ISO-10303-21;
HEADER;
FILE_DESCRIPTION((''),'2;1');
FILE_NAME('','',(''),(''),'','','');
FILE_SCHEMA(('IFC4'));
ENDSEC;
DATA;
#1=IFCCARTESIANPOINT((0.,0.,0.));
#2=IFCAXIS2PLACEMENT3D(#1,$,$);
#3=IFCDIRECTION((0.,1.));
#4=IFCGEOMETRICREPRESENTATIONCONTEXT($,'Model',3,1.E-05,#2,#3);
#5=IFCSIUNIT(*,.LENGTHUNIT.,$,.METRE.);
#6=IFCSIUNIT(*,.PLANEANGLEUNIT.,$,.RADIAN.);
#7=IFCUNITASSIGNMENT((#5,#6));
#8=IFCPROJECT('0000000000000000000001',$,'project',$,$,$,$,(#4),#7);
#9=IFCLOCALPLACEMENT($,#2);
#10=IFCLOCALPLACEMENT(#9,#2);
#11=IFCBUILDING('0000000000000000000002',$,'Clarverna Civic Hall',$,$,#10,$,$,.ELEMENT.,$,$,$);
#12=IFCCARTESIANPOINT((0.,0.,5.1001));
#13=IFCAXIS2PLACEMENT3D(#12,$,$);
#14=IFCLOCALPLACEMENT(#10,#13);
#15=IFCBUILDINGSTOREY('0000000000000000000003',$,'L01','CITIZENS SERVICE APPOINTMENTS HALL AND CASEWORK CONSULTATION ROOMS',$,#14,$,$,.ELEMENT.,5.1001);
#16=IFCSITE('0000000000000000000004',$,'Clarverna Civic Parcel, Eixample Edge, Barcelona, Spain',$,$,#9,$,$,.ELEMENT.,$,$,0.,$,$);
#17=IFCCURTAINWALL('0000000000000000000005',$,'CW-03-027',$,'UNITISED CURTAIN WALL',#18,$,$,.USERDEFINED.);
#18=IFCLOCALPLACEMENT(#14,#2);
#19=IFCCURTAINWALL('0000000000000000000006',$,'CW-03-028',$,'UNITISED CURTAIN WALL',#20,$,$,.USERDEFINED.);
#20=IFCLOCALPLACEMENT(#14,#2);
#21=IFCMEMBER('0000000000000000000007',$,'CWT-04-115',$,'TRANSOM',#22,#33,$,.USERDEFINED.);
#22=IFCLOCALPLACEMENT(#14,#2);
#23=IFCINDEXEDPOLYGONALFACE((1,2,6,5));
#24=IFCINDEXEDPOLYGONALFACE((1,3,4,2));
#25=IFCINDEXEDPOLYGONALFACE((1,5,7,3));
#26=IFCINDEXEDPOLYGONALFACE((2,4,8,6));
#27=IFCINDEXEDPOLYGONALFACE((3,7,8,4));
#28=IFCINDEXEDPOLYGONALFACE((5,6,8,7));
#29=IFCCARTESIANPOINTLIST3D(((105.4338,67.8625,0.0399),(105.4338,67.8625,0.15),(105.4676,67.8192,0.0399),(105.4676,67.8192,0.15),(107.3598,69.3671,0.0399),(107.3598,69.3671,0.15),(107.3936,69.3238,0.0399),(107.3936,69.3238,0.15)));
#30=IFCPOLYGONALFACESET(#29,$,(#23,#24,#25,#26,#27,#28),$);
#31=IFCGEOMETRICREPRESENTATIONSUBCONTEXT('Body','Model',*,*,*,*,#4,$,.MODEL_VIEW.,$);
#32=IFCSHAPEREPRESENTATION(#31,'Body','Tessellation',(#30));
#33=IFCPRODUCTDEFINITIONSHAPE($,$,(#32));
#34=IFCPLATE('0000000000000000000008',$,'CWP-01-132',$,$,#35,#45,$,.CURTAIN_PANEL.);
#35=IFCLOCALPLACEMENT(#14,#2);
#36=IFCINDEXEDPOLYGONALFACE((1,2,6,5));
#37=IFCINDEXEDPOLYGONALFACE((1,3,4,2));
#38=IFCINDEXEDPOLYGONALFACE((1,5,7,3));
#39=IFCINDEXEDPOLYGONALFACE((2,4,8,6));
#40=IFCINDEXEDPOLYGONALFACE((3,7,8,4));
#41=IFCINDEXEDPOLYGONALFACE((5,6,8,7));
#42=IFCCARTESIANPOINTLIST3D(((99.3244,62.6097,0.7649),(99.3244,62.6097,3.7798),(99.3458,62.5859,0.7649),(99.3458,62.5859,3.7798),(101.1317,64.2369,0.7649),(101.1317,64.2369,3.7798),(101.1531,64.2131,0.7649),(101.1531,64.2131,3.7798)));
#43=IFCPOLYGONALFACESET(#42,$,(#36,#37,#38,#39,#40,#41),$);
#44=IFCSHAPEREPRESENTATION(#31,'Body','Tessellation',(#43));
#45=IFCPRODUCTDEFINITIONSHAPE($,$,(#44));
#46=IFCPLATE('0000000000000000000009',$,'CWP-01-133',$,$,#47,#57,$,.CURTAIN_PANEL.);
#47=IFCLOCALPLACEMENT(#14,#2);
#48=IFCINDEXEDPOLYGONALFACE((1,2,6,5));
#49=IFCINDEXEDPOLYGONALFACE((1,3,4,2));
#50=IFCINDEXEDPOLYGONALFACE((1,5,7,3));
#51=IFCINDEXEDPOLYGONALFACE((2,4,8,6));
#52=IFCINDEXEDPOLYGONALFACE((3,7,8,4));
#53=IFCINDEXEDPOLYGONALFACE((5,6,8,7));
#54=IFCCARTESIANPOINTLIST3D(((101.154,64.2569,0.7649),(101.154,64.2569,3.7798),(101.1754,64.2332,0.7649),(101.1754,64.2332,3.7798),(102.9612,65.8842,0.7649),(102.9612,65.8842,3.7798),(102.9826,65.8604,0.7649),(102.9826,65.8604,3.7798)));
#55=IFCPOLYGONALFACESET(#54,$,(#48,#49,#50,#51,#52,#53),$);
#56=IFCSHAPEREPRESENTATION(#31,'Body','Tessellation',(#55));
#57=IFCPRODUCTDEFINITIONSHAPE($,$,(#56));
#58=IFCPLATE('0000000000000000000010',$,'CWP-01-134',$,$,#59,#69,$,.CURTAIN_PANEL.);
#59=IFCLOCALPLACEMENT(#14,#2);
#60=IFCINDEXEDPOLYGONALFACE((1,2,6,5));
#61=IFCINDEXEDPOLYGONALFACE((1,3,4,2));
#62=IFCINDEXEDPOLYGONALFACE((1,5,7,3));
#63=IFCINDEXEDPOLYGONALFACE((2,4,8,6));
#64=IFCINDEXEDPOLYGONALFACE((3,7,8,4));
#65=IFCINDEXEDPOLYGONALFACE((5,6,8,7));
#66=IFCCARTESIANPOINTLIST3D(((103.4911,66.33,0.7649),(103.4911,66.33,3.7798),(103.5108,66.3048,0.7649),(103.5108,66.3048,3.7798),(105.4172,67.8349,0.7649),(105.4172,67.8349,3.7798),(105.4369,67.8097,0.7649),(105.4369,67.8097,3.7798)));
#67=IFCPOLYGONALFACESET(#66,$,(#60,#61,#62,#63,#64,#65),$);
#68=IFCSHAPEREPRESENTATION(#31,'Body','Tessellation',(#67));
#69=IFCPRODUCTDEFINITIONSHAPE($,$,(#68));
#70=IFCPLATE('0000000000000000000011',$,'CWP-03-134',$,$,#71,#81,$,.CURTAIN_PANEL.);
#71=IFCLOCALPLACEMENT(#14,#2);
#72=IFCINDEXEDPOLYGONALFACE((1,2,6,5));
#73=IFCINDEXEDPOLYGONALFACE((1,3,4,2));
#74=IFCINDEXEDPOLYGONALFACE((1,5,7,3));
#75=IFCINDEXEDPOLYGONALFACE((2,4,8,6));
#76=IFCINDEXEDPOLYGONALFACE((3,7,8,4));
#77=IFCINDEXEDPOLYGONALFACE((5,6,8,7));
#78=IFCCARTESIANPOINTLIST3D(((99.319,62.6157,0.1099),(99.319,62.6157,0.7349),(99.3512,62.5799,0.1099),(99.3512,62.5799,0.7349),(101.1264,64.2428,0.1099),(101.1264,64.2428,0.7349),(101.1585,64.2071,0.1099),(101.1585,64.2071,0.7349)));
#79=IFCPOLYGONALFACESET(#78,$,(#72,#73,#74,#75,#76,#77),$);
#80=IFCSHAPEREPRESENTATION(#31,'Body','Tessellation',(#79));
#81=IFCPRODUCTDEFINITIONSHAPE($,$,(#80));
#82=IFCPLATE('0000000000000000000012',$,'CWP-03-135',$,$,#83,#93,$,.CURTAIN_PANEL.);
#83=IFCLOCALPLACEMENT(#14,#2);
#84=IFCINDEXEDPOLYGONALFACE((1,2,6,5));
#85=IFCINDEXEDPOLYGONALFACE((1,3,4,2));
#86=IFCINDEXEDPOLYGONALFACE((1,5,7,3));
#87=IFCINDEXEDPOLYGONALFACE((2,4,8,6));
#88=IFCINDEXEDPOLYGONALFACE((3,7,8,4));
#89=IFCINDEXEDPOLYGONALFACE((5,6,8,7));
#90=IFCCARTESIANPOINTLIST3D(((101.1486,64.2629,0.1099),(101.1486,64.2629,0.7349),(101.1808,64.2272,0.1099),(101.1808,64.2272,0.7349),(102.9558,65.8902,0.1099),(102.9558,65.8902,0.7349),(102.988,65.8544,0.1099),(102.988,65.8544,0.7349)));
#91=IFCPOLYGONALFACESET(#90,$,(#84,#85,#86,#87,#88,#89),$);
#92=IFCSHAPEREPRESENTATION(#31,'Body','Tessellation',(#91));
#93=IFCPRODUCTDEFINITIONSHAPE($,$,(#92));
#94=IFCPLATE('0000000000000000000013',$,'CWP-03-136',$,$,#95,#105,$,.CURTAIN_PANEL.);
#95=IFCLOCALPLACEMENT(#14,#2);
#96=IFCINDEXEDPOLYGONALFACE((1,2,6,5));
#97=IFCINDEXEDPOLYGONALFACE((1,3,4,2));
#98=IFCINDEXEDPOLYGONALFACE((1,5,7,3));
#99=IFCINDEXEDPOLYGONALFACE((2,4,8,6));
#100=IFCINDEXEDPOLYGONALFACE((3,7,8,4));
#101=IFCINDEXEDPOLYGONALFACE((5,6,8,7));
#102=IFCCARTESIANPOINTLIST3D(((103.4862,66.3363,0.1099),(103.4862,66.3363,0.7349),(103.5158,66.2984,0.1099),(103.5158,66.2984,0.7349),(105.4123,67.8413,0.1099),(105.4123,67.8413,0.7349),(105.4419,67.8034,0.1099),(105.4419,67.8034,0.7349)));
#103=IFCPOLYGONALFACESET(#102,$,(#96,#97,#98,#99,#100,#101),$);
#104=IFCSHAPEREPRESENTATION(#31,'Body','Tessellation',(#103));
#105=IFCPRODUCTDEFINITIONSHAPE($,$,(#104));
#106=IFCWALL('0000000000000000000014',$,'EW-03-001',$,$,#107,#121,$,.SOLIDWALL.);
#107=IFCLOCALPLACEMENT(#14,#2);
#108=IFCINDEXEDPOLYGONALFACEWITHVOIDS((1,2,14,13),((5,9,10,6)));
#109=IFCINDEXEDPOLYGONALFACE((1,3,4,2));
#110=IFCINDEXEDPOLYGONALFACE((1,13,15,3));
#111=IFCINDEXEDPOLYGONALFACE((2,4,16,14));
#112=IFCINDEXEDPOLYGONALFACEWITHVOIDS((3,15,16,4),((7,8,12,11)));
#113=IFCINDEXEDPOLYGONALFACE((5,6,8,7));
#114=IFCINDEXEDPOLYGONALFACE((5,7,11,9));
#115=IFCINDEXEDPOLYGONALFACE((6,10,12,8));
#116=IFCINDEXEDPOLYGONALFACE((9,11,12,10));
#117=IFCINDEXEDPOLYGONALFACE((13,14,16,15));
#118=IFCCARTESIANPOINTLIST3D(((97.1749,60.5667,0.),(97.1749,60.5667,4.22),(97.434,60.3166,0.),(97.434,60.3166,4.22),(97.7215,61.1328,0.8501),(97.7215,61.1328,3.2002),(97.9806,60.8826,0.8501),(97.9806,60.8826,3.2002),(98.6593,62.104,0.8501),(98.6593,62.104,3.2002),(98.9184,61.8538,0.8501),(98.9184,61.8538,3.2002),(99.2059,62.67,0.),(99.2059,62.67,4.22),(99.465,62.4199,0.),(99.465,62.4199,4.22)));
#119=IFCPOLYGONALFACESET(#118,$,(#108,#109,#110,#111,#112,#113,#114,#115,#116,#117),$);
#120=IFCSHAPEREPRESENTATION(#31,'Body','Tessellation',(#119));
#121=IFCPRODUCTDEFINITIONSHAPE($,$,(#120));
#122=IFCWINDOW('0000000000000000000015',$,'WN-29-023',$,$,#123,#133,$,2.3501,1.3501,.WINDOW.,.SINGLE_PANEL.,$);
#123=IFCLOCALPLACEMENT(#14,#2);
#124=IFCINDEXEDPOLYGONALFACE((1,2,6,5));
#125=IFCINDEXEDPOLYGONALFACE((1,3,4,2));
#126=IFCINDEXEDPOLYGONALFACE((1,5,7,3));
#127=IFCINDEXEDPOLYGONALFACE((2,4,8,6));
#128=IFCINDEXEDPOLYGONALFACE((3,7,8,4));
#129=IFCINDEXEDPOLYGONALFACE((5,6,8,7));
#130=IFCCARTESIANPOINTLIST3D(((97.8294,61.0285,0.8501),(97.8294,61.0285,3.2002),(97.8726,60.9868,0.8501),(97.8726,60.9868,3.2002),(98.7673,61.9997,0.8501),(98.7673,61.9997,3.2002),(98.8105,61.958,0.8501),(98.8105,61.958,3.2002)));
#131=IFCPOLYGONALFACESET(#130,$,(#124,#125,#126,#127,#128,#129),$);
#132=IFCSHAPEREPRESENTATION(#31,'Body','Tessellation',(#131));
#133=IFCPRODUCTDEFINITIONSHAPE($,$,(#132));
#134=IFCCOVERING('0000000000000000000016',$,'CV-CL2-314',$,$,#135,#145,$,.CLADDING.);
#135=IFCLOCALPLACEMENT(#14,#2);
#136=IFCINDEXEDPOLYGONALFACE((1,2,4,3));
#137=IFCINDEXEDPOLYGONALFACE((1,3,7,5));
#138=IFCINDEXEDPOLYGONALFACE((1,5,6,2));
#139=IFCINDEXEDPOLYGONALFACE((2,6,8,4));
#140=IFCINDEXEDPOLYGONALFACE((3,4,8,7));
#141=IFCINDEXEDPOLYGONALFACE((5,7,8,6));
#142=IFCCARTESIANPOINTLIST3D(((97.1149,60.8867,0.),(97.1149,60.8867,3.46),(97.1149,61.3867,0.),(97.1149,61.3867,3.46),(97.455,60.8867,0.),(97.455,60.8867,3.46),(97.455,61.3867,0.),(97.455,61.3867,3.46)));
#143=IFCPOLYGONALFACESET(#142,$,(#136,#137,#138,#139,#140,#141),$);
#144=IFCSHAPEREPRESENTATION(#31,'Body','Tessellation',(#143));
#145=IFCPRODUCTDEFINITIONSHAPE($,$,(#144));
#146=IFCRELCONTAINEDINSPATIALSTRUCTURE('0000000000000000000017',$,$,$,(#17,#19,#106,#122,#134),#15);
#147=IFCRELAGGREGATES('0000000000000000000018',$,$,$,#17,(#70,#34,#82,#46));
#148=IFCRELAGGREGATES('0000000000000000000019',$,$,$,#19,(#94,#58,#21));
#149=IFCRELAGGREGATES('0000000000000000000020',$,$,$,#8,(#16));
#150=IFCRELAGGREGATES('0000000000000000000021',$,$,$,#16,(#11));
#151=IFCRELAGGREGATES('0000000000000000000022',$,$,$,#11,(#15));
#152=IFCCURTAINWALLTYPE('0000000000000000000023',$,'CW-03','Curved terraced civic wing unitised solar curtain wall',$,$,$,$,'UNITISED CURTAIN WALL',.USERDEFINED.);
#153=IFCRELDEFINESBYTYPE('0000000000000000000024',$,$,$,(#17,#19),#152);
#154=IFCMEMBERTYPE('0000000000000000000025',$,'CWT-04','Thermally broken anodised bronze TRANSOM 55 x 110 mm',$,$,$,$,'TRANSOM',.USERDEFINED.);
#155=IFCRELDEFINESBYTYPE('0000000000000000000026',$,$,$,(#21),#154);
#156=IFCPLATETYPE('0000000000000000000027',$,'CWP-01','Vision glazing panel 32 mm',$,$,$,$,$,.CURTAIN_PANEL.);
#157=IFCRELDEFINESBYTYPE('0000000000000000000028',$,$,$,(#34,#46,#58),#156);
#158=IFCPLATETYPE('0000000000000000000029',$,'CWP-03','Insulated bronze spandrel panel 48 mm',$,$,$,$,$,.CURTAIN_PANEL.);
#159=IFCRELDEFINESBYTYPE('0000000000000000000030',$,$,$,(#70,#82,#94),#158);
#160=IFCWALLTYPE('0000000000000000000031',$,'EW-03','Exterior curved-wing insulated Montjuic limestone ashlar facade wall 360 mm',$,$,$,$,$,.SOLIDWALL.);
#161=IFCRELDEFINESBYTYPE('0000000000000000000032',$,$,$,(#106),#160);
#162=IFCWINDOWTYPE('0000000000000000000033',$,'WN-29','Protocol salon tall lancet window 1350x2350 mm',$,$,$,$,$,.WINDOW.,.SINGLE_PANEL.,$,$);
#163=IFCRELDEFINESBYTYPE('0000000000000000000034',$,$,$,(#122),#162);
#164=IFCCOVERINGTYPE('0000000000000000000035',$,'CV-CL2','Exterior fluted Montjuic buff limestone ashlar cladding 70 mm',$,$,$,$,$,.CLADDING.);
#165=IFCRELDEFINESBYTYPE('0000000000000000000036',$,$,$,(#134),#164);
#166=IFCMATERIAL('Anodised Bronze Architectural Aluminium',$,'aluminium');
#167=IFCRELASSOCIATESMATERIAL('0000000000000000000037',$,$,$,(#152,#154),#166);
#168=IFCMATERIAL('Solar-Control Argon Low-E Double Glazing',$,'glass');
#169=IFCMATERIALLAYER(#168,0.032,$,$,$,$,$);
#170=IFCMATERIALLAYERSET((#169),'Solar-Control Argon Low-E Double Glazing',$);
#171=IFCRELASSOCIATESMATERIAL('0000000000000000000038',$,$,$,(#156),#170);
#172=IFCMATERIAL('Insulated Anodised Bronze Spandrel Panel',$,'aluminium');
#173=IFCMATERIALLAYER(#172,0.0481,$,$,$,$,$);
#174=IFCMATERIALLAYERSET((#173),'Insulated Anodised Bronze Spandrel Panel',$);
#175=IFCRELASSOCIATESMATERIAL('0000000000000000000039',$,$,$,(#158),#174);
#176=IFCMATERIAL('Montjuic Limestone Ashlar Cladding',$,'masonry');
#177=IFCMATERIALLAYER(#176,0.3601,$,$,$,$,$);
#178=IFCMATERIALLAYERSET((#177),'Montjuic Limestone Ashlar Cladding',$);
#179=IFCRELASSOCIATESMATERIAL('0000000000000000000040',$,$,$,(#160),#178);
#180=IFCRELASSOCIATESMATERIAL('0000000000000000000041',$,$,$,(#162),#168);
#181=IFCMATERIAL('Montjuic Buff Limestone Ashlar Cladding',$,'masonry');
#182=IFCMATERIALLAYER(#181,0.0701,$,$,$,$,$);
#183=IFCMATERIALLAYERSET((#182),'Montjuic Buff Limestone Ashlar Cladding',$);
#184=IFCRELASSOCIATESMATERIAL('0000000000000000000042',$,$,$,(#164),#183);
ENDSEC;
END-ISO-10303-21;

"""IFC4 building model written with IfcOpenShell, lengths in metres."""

from ifc_helpers import new_model, si_unit, direction, frame, frame_2d, origin, origin_2d, place, context, subcontext, project, spatial, rectangle, extrude, material, layer, layer_set, material_profile, profile_set, type_object, element, fill, aggregate, save


model = new_model("IFC4")

# Units and contexts
model_context = context("Model", 3, precision=1e-05, world=origin(), true_north=direction((0.0, 1.0)))
body_context = subcontext(model_context, "Body", "Model", "MODEL_VIEW")
ifc_project = project(units=[si_unit("LENGTHUNIT", "METRE"), si_unit("PLANEANGLEUNIT", "RADIAN")], contexts=[model_context])

# Site, building, storey
site_placement = place(None, origin())
site = spatial("IfcSite", under=ifc_project, at=site_placement, Name="Clarverna Civic Parcel, Eixample Edge, Barcelona, Spain", CompositionType="ELEMENT", RefElevation=0.0)
building_placement = place(site_placement, origin())
building = spatial("IfcBuilding", under=site, at=building_placement, Name="Clarverna Civic Hall", CompositionType="ELEMENT")
storey_placement = place(building_placement, frame((0.0, 0.0, 5.1001)))
storey = spatial("IfcBuildingStorey", under=building, at=storey_placement, Name="L01", Description="CITIZENS SERVICE APPOINTMENTS HALL AND CASEWORK CONSULTATION ROOMS", CompositionType="ELEMENT", Elevation=5.1001)

# Curtain walls
ifc_material_1 = material(Name="Anodised Bronze Architectural Aluminium", Category="aluminium")
curtain_wall_type = type_object("IfcCurtainWallType", Name="CW-03", Description="Curved terraced civic wing unitised solar curtain wall", ElementType="UNITISED CURTAIN WALL", PredefinedType="USERDEFINED", material=ifc_material_1)
curtain_wall_1_placement = place(storey_placement, origin())
curtain_wall_1 = element("IfcCurtainWall", 1, at=curtain_wall_1_placement, inside=storey, type_object=curtain_wall_type, Name="CW-03-027", ObjectType="UNITISED CURTAIN WALL", PredefinedType="USERDEFINED")
curtain_wall_2_placement = place(storey_placement, origin())
curtain_wall_2 = element("IfcCurtainWall", 2, at=curtain_wall_2_placement, inside=storey, type_object=curtain_wall_type, Name="CW-03-028", ObjectType="UNITISED CURTAIN WALL", PredefinedType="USERDEFINED")

# Member
ifc_material_profile_1 = material_profile(ifc_material_1, rectangle(XDim=0.0549, YDim=0.1101, at=origin_2d()), Name="BRONZE 55x110")
ifc_profile_set_1 = profile_set([ifc_material_profile_1], Name="Anodised Bronze Architectural Aluminium")
member_type_1 = type_object("IfcMemberType", Name="CWT-04", Description="Thermally broken anodised bronze TRANSOM 55 x 110 mm", ElementType="TRANSOM", PredefinedType="USERDEFINED", material=ifc_profile_set_1)
member_1_placement = place(storey_placement, frame((105.4507, 67.8408, 0.095), z_axis=(0.788038, 0.615627, 0.0), x_axis=(-0.615627, 0.788038, 0.0)))
member_1 = element("IfcMember", 3, at=member_1_placement, type_object=member_type_1, Name="CWT-04-115", ObjectType="TRANSOM", PredefinedType="USERDEFINED", context=body_context, shape_type="SweptSolid", body=[
    extrude(rectangle(XDim=0.0549, YDim=0.1101, at=origin_2d()), origin(), (0.0, 0.0, 1.0), 2.4441),
])

# Plates
ifc_material_2 = material(Name="Solar-Control Argon Low-E Double Glazing", Category="glass")
ifc_layer_1 = layer(ifc_material_2, 0.032)
ifc_layer_set_1 = layer_set([ifc_layer_1], Name="Solar-Control Argon Low-E Double Glazing")
plate_type_1 = type_object("IfcPlateType", Name="CWP-01", Description="Vision glazing panel 32 mm", PredefinedType="CURTAIN_PANEL", material=ifc_layer_set_1)
plate_1_placement = place(storey_placement, frame((99.3352, 62.5979, 0.7649), z_axis=(0.0, 0.0, 1.0), x_axis=(0.743179, 0.669092, 0.0)))
plate_1 = element("IfcPlate", 4, at=plate_1_placement, type_object=plate_type_1, Name="CWP-01-132", PredefinedType="CURTAIN_PANEL", context=body_context, shape_type="SweptSolid", body=[
    extrude(rectangle(XDim=2.4319, YDim=0.032, at=frame_2d((1.2158, 0.0))), origin(), (0.0, 0.0, 1.0), 3.0149),
])
plate_2_placement = place(storey_placement, frame((101.1648, 64.2451, 0.7649), z_axis=(0.0, 0.0, 1.0), x_axis=(0.743134, 0.669142, 0.0)))
plate_2 = element("IfcPlate", 5, at=plate_2_placement, type_object=plate_type_1, Name="CWP-01-133", PredefinedType="CURTAIN_PANEL", context=body_context, shape_type="SweptSolid", body=[
    extrude(rectangle(XDim=2.4319, YDim=0.032, at=frame_2d((1.2158, 0.0))), origin(), (0.0, 0.0, 1.0), 3.0149),
])
plate_3_placement = place(storey_placement, frame((103.501, 66.3174, 0.7649), z_axis=(0.0, 0.0, 1.0), x_axis=(0.78799, 0.615689, 0.0)))
plate_3 = element("IfcPlate", 6, at=plate_3_placement, type_object=plate_type_1, Name="CWP-01-134", PredefinedType="CURTAIN_PANEL", context=body_context, shape_type="SweptSolid", body=[
    extrude(rectangle(XDim=2.4443, YDim=0.032, at=frame_2d((1.2222, 0.0))), origin(), (0.0, 0.0, 1.0), 3.0149),
])
ifc_material_3 = material(Name="Insulated Anodised Bronze Spandrel Panel", Category="aluminium")
ifc_layer_2 = layer(ifc_material_3, 0.0481)
ifc_layer_set_2 = layer_set([ifc_layer_2], Name="Insulated Anodised Bronze Spandrel Panel")
plate_type_2 = type_object("IfcPlateType", Name="CWP-03", Description="Insulated bronze spandrel panel 48 mm", PredefinedType="CURTAIN_PANEL", material=ifc_layer_set_2)
plate_4_placement = place(storey_placement, frame((99.3352, 62.5979, 0.1099), z_axis=(0.0, 0.0, 1.0), x_axis=(0.743179, 0.669092, 0.0)))
plate_4 = element("IfcPlate", 7, at=plate_4_placement, type_object=plate_type_2, Name="CWP-03-134", PredefinedType="CURTAIN_PANEL", context=body_context, shape_type="SweptSolid", body=[
    extrude(rectangle(XDim=2.4319, YDim=0.0481, at=frame_2d((1.2158, 0.0))), origin(), (0.0, 0.0, 1.0), 0.625),
])
plate_5_placement = place(storey_placement, frame((101.1648, 64.2451, 0.1099), z_axis=(0.0, 0.0, 1.0), x_axis=(0.743134, 0.669142, 0.0)))
plate_5 = element("IfcPlate", 8, at=plate_5_placement, type_object=plate_type_2, Name="CWP-03-135", PredefinedType="CURTAIN_PANEL", context=body_context, shape_type="SweptSolid", body=[
    extrude(rectangle(XDim=2.4319, YDim=0.0481, at=frame_2d((1.2158, 0.0))), origin(), (0.0, 0.0, 1.0), 0.625),
])
aggregate(curtain_wall_1, [plate_4, plate_1, plate_5, plate_2])
plate_6_placement = place(storey_placement, frame((103.501, 66.3174, 0.1099), z_axis=(0.0, 0.0, 1.0), x_axis=(0.78799, 0.615689, 0.0)))
plate_6 = element("IfcPlate", 9, at=plate_6_placement, type_object=plate_type_2, Name="CWP-03-136", PredefinedType="CURTAIN_PANEL", context=body_context, shape_type="SweptSolid", body=[
    extrude(rectangle(XDim=2.4443, YDim=0.0481, at=frame_2d((1.2222, 0.0))), origin(), (0.0, 0.0, 1.0), 0.625),
])
aggregate(curtain_wall_2, [plate_6, plate_3, member_1])

# Wall, opening, window
ifc_material_4 = material(Name="Montjuic Limestone Ashlar Cladding", Category="masonry")
ifc_layer_3 = layer(ifc_material_4, 0.3601)
ifc_layer_set_3 = layer_set([ifc_layer_3], Name="Montjuic Limestone Ashlar Cladding")
wall_type = type_object("IfcWallType", Name="EW-03", Description="Exterior curved-wing insulated Montjuic limestone ashlar facade wall 360 mm", PredefinedType="SOLIDWALL", material=ifc_layer_set_3)
wall_placement = place(storey_placement, frame((97.3044, 60.4417, 0.0), z_axis=(0.0, 0.0, 1.0), x_axis=(0.694641, 0.719357, 0.0)))
wall = element("IfcWall", 10, at=wall_placement, inside=storey, type_object=wall_type, Name="EW-03-001", PredefinedType="SOLIDWALL", context=body_context, shape_type="SweptSolid", body=[
    extrude(rectangle(XDim=2.9238, YDim=0.3601, at=frame_2d((1.4619, 0.0))), origin(), (0.0, 0.0, 1.0), 4.22),
])
opening_placement = place(wall_placement, frame((0.7869, 0.0, 0.8501)))
opening = element("IfcOpeningElement", 11, at=opening_placement, cuts=wall, PredefinedType="OPENING", context=body_context, shape_type="SweptSolid", body=[
    extrude(rectangle(XDim=1.3501, YDim=2.3501, at=frame_2d((0.675, 1.175))), frame((0.0, 0.1899, 0.0), z_axis=(0.0, -1.0, 0.0), x_axis=(1.0, 0.0, 0.0)), (0.0, 0.0, 1.0), 0.3801),
])
window_type = type_object("IfcWindowType", Name="WN-29", Description="Protocol salon tall lancet window 1350x2350 mm", PartitioningType="SINGLE_PANEL", PredefinedType="WINDOW", material=ifc_material_2)
window_placement = place(opening_placement, origin())
window = element("IfcWindow", 12, at=window_placement, inside=storey, type_object=window_type, Name="WN-29-023", OverallHeight=2.3501, OverallWidth=1.3501, PartitioningType="SINGLE_PANEL", PredefinedType="WINDOW", context=body_context, shape_type="SweptSolid", body=[
    extrude(rectangle(XDim=1.3501, YDim=2.3501, at=frame_2d((0.675, 1.175))), frame((0.0, 0.03, 0.0), z_axis=(0.0, -1.0, 0.0), x_axis=(1.0, 0.0, 0.0)), (0.0, 0.0, 1.0), 0.0601),
])
fill(opening, window)

# Covering
ifc_material_5 = material(Name="Montjuic Buff Limestone Ashlar Cladding", Category="masonry")
ifc_layer_4 = layer(ifc_material_5, 0.0701)
ifc_layer_set_4 = layer_set([ifc_layer_4], Name="Montjuic Buff Limestone Ashlar Cladding")
covering_type = type_object("IfcCoveringType", Name="CV-CL2", Description="Exterior fluted Montjuic buff limestone ashlar cladding 70 mm", PredefinedType="CLADDING", material=ifc_layer_set_4)
covering_placement = place(storey_placement, frame((97.2849, 61.3867, 0.0), z_axis=(0.0, 0.0, 1.0), x_axis=(0.0, -1.0, 0.0)))
element("IfcCovering", 13, at=covering_placement, inside=storey, type_object=covering_type, Name="CV-CL2-314", PredefinedType="CLADDING", context=body_context, shape_type="SweptSolid", body=[
    extrude(rectangle(XDim=0.5, YDim=0.3401, at=frame_2d((0.25, 0.0))), origin(), (0.0, 0.0, 1.0), 3.46),
])

save(model, "model.ifc")
